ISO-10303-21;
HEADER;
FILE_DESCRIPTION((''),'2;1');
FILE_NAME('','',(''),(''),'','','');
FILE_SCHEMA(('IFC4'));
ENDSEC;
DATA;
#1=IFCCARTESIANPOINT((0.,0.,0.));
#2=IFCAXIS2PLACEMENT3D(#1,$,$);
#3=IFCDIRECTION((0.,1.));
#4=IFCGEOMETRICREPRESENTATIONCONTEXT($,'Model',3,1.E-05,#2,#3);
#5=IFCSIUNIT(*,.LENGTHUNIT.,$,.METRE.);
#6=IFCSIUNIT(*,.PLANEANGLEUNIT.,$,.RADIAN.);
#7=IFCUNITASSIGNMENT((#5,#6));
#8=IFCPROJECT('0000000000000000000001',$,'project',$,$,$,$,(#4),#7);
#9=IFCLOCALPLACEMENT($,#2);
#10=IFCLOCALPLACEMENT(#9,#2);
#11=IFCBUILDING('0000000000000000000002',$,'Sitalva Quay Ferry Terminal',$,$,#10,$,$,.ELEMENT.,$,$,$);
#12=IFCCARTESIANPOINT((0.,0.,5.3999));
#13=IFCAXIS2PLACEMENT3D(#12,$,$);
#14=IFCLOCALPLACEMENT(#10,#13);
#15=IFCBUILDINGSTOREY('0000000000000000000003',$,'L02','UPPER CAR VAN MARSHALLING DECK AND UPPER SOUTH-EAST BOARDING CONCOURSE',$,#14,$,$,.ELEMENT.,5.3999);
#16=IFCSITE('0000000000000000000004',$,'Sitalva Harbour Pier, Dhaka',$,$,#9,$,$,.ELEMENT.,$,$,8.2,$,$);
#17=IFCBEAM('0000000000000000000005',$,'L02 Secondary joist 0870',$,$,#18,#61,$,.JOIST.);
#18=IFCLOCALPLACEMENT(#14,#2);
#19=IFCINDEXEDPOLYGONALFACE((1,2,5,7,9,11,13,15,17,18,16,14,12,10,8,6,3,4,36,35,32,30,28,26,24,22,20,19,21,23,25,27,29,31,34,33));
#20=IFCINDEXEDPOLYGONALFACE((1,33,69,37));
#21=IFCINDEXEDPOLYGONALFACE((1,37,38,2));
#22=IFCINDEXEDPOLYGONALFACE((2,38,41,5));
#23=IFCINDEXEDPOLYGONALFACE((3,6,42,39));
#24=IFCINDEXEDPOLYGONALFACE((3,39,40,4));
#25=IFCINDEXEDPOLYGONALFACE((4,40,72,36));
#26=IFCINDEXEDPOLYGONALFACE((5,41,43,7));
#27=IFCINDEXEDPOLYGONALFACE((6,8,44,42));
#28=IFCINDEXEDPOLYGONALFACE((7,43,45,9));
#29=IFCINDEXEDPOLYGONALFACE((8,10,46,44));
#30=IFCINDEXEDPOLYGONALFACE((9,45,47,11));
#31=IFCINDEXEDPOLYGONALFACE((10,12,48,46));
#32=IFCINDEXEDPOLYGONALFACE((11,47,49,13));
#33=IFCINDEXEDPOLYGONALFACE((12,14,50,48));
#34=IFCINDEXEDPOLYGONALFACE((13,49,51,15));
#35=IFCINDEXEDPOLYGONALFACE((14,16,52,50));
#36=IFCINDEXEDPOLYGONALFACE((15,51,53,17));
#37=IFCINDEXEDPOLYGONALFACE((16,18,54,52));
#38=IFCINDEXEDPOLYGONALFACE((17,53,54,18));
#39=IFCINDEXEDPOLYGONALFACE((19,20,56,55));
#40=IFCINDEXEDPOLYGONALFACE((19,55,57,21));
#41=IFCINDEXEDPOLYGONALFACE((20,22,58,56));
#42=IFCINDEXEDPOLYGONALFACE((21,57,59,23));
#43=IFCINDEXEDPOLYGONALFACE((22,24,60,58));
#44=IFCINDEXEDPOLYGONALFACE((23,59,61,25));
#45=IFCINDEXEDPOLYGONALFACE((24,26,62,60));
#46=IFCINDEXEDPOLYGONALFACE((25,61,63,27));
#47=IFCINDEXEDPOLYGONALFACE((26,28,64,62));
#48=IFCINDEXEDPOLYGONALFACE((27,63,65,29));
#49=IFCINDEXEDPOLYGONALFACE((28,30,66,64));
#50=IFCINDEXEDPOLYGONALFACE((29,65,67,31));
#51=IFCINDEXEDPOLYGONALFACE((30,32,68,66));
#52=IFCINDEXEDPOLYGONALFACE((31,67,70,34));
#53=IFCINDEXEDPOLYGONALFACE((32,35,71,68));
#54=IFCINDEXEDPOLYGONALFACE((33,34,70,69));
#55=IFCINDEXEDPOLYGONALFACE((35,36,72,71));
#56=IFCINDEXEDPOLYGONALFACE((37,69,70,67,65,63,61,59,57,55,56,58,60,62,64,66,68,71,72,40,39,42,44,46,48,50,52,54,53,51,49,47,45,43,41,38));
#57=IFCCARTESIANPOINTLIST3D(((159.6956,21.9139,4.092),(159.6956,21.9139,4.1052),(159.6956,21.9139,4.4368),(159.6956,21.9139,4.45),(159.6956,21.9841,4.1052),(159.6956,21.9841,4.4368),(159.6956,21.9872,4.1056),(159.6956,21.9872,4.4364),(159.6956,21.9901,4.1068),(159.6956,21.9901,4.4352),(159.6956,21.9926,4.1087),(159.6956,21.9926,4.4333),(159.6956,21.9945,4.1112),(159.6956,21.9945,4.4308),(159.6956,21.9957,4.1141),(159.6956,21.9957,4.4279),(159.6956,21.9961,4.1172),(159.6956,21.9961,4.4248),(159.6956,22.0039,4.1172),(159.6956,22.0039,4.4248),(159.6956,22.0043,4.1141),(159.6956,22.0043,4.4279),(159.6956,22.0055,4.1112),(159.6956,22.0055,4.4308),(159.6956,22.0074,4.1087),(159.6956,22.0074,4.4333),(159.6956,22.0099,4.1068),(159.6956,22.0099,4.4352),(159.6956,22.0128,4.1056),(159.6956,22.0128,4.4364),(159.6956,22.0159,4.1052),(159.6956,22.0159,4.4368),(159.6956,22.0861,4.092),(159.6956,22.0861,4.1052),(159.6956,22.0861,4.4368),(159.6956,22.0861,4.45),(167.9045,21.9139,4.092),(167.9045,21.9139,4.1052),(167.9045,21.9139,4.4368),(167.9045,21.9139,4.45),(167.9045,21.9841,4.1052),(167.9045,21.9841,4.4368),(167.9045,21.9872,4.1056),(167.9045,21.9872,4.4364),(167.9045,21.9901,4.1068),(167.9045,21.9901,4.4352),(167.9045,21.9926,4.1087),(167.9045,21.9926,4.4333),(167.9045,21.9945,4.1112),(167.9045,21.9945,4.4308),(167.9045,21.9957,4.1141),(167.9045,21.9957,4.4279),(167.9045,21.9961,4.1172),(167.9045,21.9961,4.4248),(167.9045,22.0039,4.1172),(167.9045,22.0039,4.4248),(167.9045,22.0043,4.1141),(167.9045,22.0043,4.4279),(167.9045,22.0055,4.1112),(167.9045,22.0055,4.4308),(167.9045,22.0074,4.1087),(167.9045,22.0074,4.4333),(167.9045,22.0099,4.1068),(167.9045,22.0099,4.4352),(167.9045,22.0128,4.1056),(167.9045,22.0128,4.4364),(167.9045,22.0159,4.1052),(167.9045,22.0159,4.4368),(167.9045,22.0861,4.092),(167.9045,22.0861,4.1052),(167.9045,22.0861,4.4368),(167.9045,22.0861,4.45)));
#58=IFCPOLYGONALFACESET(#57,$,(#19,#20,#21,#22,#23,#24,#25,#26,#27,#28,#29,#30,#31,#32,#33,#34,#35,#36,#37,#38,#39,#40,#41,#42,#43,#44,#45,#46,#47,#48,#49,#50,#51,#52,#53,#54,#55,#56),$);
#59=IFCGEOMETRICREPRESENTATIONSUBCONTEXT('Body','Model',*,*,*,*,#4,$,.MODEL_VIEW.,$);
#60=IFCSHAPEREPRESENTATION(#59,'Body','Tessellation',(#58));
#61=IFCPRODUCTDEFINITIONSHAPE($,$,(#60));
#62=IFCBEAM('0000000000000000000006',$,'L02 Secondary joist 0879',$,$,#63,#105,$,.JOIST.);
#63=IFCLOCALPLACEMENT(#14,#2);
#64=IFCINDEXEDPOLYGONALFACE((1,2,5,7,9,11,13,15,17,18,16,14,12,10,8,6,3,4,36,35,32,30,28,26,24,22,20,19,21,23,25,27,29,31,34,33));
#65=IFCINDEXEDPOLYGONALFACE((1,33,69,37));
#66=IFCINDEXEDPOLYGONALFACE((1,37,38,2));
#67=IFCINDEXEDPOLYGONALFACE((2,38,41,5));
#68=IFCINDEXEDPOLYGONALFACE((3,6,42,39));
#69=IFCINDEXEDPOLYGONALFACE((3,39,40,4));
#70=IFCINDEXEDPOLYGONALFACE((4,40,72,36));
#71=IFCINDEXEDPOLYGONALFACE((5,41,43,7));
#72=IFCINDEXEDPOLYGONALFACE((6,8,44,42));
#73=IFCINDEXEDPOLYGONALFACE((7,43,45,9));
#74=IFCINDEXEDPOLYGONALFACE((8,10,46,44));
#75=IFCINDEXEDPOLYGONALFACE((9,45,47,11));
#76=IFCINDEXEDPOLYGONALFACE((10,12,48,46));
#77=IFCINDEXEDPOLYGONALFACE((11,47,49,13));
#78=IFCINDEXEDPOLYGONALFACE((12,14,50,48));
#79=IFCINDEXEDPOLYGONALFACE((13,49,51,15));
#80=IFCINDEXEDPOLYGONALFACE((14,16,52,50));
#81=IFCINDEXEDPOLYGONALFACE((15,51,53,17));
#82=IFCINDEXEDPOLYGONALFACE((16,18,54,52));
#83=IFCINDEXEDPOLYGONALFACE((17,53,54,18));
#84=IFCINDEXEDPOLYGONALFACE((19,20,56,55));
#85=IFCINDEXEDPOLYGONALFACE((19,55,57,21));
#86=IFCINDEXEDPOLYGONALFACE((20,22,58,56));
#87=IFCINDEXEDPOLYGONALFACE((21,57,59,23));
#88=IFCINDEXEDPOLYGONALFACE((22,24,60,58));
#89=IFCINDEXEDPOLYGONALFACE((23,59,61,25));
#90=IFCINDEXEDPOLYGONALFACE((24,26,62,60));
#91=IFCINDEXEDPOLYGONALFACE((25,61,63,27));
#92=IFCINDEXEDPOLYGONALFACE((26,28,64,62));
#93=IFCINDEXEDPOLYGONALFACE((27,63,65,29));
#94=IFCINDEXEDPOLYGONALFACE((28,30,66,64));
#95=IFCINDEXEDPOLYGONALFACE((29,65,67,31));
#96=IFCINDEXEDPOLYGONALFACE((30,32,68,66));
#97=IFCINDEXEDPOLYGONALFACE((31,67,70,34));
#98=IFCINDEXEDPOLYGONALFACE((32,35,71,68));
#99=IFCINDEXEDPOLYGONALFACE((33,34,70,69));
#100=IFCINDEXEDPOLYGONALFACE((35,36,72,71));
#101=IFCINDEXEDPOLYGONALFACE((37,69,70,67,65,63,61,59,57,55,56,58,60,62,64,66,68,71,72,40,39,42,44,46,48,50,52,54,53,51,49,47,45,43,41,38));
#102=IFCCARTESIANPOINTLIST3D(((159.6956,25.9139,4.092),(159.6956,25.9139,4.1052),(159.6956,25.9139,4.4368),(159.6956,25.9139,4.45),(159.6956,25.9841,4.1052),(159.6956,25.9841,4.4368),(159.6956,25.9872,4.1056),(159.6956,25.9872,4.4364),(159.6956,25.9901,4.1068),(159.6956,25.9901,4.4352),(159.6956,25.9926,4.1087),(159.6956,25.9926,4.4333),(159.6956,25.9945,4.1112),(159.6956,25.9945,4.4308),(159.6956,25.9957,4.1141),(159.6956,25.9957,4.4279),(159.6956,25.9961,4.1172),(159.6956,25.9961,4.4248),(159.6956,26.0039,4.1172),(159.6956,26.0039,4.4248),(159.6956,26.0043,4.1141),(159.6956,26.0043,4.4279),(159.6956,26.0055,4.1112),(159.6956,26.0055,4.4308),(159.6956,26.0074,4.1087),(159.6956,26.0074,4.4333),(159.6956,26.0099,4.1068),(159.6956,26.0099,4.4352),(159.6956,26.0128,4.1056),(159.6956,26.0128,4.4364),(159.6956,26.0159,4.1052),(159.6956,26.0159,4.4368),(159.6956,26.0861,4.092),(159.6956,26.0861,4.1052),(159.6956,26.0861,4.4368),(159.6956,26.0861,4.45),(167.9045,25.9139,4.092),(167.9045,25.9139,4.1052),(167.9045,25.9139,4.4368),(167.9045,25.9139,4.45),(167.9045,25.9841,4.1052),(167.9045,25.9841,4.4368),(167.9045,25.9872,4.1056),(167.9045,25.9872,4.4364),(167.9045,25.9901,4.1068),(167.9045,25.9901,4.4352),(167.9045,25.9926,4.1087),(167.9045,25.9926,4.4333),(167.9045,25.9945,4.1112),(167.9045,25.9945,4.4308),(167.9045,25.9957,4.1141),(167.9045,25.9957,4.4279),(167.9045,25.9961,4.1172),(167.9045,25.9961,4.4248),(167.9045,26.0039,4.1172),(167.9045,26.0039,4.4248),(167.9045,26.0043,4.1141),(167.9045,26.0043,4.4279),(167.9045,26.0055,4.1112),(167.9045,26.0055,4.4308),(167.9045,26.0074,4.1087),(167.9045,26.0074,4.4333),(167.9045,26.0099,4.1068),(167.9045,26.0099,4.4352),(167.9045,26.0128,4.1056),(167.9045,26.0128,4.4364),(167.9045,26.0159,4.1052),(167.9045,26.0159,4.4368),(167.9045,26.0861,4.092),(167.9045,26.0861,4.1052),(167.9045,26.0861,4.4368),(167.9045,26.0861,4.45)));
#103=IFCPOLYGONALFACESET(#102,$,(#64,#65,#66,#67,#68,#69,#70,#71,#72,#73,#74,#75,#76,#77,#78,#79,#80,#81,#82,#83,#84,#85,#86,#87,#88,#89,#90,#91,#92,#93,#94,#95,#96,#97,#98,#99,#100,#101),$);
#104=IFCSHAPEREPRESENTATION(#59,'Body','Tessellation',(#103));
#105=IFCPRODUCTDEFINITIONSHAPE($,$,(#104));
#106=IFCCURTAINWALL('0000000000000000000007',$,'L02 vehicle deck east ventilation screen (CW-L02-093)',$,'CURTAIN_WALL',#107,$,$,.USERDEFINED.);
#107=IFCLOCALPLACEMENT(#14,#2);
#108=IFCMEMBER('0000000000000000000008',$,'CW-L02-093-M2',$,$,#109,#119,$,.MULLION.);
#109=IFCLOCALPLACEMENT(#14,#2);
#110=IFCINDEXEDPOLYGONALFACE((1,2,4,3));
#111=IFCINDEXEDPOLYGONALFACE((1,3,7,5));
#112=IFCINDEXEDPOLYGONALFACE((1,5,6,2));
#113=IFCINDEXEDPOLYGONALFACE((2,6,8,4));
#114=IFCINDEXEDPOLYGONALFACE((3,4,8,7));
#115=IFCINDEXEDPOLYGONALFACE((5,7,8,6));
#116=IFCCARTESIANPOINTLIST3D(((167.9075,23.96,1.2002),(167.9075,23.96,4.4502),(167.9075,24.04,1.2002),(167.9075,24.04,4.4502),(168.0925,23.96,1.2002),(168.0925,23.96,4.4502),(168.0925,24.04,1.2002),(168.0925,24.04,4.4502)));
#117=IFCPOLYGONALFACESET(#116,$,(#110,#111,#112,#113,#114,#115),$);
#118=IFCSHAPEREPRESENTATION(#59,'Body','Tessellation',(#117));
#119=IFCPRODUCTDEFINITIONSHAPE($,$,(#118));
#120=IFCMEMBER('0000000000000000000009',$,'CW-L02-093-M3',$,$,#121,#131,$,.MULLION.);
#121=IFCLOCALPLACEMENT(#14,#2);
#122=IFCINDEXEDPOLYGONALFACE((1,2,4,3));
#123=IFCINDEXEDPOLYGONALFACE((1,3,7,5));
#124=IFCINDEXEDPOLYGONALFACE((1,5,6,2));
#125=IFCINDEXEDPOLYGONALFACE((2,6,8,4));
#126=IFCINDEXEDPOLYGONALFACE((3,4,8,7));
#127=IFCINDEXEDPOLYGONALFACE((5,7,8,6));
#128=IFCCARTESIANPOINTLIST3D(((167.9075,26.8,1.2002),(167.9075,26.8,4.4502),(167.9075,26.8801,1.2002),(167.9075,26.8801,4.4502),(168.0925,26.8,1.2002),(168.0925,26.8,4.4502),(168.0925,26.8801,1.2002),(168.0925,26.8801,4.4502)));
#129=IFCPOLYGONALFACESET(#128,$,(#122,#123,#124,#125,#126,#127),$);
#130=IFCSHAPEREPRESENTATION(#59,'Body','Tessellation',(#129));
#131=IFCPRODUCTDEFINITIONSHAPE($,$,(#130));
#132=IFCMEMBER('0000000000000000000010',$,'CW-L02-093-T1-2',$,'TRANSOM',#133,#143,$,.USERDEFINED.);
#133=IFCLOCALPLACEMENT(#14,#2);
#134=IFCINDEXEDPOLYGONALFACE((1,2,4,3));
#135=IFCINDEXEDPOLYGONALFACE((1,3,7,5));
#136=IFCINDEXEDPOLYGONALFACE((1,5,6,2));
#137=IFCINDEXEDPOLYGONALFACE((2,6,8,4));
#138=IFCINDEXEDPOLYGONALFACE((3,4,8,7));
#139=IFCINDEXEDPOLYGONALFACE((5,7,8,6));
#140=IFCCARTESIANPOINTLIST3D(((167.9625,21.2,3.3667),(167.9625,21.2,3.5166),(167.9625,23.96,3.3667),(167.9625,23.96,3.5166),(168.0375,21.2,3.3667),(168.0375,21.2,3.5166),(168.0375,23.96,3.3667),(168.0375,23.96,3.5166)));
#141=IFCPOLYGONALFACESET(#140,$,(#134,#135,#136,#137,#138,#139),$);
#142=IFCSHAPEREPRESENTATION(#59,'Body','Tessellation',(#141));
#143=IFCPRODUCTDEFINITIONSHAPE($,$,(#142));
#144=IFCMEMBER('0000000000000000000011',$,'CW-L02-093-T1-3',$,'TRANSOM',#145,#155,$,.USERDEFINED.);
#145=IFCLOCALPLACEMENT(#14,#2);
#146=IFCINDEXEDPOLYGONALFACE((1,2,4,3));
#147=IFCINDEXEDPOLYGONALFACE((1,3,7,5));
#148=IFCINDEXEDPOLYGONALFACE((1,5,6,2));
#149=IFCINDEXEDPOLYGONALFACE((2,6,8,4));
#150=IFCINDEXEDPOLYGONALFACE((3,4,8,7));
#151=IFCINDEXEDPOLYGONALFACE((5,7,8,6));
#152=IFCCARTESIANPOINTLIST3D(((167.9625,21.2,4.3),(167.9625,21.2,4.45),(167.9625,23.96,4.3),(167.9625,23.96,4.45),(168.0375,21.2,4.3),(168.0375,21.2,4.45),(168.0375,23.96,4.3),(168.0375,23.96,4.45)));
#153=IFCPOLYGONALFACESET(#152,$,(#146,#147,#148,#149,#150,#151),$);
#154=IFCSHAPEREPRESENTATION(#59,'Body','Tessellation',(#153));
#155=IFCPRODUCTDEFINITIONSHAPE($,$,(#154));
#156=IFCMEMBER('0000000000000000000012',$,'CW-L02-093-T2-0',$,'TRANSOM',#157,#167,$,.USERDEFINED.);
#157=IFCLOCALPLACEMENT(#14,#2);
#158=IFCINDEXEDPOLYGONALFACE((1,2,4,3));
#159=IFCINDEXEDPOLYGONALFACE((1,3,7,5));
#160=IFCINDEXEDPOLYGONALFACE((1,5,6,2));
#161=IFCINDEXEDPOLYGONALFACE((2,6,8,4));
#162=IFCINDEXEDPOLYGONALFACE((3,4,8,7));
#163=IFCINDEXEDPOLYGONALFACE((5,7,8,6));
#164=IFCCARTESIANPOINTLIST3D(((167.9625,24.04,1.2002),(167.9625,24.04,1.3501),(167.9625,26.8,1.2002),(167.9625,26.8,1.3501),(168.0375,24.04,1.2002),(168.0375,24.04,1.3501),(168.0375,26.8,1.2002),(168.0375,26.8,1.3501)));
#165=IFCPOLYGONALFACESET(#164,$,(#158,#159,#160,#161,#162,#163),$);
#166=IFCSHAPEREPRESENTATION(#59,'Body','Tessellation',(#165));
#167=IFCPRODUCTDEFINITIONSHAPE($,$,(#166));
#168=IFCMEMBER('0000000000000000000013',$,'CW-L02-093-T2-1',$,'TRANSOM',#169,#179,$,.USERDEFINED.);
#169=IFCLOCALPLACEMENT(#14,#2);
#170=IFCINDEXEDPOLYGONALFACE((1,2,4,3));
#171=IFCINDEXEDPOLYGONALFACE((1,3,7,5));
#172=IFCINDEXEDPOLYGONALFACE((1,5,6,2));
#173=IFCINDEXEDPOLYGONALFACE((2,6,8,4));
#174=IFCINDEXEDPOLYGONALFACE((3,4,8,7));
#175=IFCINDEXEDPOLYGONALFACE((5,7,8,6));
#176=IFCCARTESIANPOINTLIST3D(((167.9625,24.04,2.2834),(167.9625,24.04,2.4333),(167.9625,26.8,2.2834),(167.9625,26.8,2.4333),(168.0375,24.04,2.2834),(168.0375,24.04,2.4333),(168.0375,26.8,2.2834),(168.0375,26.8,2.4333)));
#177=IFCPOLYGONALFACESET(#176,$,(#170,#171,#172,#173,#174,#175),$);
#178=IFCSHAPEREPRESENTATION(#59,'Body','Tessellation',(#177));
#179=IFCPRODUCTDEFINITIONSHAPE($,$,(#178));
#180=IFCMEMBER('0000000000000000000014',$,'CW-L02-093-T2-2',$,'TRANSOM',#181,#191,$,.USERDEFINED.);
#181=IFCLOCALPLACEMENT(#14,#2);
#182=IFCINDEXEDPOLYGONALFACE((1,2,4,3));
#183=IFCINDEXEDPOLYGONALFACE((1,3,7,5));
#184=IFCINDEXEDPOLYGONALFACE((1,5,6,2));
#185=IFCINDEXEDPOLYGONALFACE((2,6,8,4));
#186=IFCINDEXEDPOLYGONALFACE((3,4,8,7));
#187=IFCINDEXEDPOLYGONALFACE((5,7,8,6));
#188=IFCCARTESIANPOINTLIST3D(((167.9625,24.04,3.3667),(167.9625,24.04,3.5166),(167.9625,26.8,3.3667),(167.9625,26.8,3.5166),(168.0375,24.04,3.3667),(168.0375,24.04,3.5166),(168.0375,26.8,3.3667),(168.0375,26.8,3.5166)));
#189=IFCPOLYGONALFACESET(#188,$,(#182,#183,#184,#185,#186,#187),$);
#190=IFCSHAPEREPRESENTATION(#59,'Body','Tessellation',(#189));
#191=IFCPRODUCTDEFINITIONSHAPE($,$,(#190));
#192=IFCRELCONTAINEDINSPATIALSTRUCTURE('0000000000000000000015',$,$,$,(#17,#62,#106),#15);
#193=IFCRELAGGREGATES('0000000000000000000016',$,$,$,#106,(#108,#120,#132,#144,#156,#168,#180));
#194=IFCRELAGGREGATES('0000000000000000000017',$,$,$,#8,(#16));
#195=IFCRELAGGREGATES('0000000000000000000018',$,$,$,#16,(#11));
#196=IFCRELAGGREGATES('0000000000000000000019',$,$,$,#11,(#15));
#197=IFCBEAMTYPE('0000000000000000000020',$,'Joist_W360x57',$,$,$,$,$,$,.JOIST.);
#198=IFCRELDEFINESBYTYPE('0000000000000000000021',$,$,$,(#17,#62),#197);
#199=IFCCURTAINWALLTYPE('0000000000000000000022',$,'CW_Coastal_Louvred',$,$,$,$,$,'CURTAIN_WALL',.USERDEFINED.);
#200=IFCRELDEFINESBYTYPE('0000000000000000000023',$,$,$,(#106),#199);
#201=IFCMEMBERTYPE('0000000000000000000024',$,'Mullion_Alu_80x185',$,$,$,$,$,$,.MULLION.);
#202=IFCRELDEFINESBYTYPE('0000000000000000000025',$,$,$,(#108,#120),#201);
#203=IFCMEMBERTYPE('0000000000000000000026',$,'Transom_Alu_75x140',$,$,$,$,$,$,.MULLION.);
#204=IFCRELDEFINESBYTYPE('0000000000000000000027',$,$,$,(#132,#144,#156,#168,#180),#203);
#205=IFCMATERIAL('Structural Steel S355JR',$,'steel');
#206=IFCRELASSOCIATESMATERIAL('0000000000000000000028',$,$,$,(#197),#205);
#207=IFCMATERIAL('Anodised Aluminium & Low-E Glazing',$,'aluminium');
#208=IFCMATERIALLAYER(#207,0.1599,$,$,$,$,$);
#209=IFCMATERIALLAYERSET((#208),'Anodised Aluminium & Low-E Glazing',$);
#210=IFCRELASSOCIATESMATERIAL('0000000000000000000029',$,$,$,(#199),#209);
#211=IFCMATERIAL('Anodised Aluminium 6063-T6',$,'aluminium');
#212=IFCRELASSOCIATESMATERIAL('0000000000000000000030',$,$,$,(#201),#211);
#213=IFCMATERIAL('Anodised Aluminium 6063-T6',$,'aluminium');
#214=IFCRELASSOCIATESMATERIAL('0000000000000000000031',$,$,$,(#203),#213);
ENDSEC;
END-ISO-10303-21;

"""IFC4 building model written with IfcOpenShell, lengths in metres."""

from ifc_helpers import new_model, si_unit, direction, frame, origin, origin_2d, place, context, subcontext, project, spatial, rectangle, i_section, extrude, material, layer, layer_set, material_profile, profile_set, type_object, element, aggregate, save


model = new_model("IFC4")

# Units and contexts
model_context = context("Model", 3, precision=1e-05, world=origin(), true_north=direction((0.0, 1.0)))
body_context = subcontext(model_context, "Body", "Model", "MODEL_VIEW")
ifc_project = project(units=[si_unit("LENGTHUNIT", "METRE"), si_unit("PLANEANGLEUNIT", "RADIAN")], contexts=[model_context])

# Site, building, storey
site_placement = place(None, origin())
site = spatial("IfcSite", under=ifc_project, at=site_placement, Name="Sitalva Harbour Pier, Dhaka", CompositionType="ELEMENT", RefElevation=8.2)
building_placement = place(site_placement, origin())
building = spatial("IfcBuilding", under=site, at=building_placement, Name="Sitalva Quay Ferry Terminal", CompositionType="ELEMENT")
storey_placement = place(building_placement, frame((0.0, 0.0, 5.3999)))
storey = spatial("IfcBuildingStorey", under=building, at=storey_placement, Name="L02", Description="UPPER CAR VAN MARSHALLING DECK AND UPPER SOUTH-EAST BOARDING CONCOURSE", CompositionType="ELEMENT", Elevation=5.3999)

# Beams
ifc_material_1 = material(Name="Structural Steel S355JR", Category="steel")
ifc_material_profile_1 = material_profile(ifc_material_1, i_section(OverallWidth=0.1721, OverallDepth=0.3579, WebThickness=0.0078, FlangeThickness=0.0132, FilletRadius=0.012, at=origin_2d()), Name="W360x57")
ifc_profile_set_1 = profile_set([ifc_material_profile_1], Name="Structural Steel S355JR")
beam_type = type_object("IfcBeamType", Name="Joist_W360x57", PredefinedType="JOIST", material=ifc_profile_set_1)
for number, where, z_axis, x_axis, name in (
    (1, (159.6956, 22.0, 4.271), (1.0, 0.0, 0.0), (0.0, 1.0, 0.0), "L02 Secondary joist 0870"),
    (2, (159.6956, 26.0, 4.271), (1.0, 0.0, 0.0), (0.0, 1.0, 0.0), "L02 Secondary joist 0879"),
):
    element("IfcBeam", number, at=place(storey_placement, frame(where, z_axis=z_axis, x_axis=x_axis)), inside=storey, type_object=beam_type, Name=name, PredefinedType="JOIST", context=body_context, shape_type="SweptSolid", body=[
        extrude(i_section(OverallWidth=0.1721, OverallDepth=0.3579, WebThickness=0.0078, FlangeThickness=0.0132, FilletRadius=0.012, at=origin_2d()), origin(), (0.0, 0.0, 1.0), 8.209),
    ])

# Curtain wall, members
ifc_material_2 = material(Name="Anodised Aluminium & Low-E Glazing", Category="aluminium")
ifc_layer_1 = layer(ifc_material_2, 0.1599)
ifc_layer_set_1 = layer_set([ifc_layer_1], Name="Anodised Aluminium & Low-E Glazing")
curtain_wall_type = type_object("IfcCurtainWallType", Name="CW_Coastal_Louvred", ElementType="CURTAIN_WALL", PredefinedType="USERDEFINED", material=ifc_layer_set_1)
curtain_wall_placement = place(storey_placement, origin())
curtain_wall = element("IfcCurtainWall", 3, at=curtain_wall_placement, inside=storey, type_object=curtain_wall_type, Name="L02 vehicle deck east ventilation screen (CW-L02-093)", ObjectType="CURTAIN_WALL", PredefinedType="USERDEFINED")
ifc_material_3 = material(Name="Anodised Aluminium 6063-T6", Category="aluminium")
ifc_material_profile_2 = material_profile(ifc_material_3, rectangle(XDim=0.0801, YDim=0.1851, at=origin_2d()), Name="ALU80x185")
ifc_profile_set_2 = profile_set([ifc_material_profile_2], Name="Anodised Aluminium 6063-T6")
member_type_1 = type_object("IfcMemberType", Name="Mullion_Alu_80x185", PredefinedType="MULLION", material=ifc_profile_set_2)
member_1_placement = place(storey_placement, frame((168.0, 24.0, 1.2002), z_axis=(0.0, 0.0, 1.0), x_axis=(0.0, 1.0, 0.0)))
member_1 = element("IfcMember", 4, at=member_1_placement, type_object=member_type_1, Name="CW-L02-093-M2", PredefinedType="MULLION", context=body_context, shape_type="SweptSolid", body=[
    extrude(rectangle(XDim=0.0801, YDim=0.1851, at=origin_2d()), origin(), (0.0, 0.0, 1.0), 3.25),
])
member_2_placement = place(storey_placement, frame((168.0, 26.8401, 1.2002), z_axis=(0.0, 0.0, 1.0), x_axis=(0.0, 1.0, 0.0)))
member_2 = element("IfcMember", 5, at=member_2_placement, type_object=member_type_1, Name="CW-L02-093-M3", PredefinedType="MULLION", context=body_context, shape_type="SweptSolid", body=[
    extrude(rectangle(XDim=0.0801, YDim=0.1851, at=origin_2d()), origin(), (0.0, 0.0, 1.0), 3.25),
])
ifc_material_4 = material(Name="Anodised Aluminium 6063-T6", Category="aluminium")
ifc_material_profile_3 = material_profile(ifc_material_4, rectangle(XDim=0.075, YDim=0.1499, at=origin_2d()), Name="ALU75x150")
ifc_profile_set_3 = profile_set([ifc_material_profile_3], Name="Anodised Aluminium 6063-T6")
member_type_2 = type_object("IfcMemberType", Name="Transom_Alu_75x140", PredefinedType="MULLION", material=ifc_profile_set_3)
member_3_placement = place(storey_placement, frame((168.0, 21.2, 3.4417), z_axis=(0.0, 1.0, 0.0), x_axis=(-1.0, 0.0, 0.0)))
member_3 = element("IfcMember", 6, at=member_3_placement, type_object=member_type_2, Name="CW-L02-093-T1-2", ObjectType="TRANSOM", PredefinedType="USERDEFINED", context=body_context, shape_type="SweptSolid", body=[
    extrude(rectangle(XDim=0.075, YDim=0.1499, at=origin_2d()), origin(), (0.0, 0.0, 1.0), 2.76),
])
member_4_placement = place(storey_placement, frame((168.0, 21.2, 4.375), z_axis=(0.0, 1.0, 0.0), x_axis=(-1.0, 0.0, 0.0)))
member_4 = element("IfcMember", 7, at=member_4_placement, type_object=member_type_2, Name="CW-L02-093-T1-3", ObjectType="TRANSOM", PredefinedType="USERDEFINED", context=body_context, shape_type="SweptSolid", body=[
    extrude(rectangle(XDim=0.075, YDim=0.1499, at=origin_2d()), origin(), (0.0, 0.0, 1.0), 2.76),
])
member_5_placement = place(storey_placement, frame((168.0, 24.04, 1.2751), z_axis=(0.0, 1.0, 0.0), x_axis=(-1.0, 0.0, 0.0)))
member_5 = element("IfcMember", 8, at=member_5_placement, type_object=member_type_2, Name="CW-L02-093-T2-0", ObjectType="TRANSOM", PredefinedType="USERDEFINED", context=body_context, shape_type="SweptSolid", body=[
    extrude(rectangle(XDim=0.075, YDim=0.1499, at=origin_2d()), origin(), (0.0, 0.0, 1.0), 2.76),
])
member_6_placement = place(storey_placement, frame((168.0, 24.04, 2.3584), z_axis=(0.0, 1.0, 0.0), x_axis=(-1.0, 0.0, 0.0)))
member_6 = element("IfcMember", 9, at=member_6_placement, type_object=member_type_2, Name="CW-L02-093-T2-1", ObjectType="TRANSOM", PredefinedType="USERDEFINED", context=body_context, shape_type="SweptSolid", body=[
    extrude(rectangle(XDim=0.075, YDim=0.1499, at=origin_2d()), origin(), (0.0, 0.0, 1.0), 2.76),
])
member_7_placement = place(storey_placement, frame((168.0, 24.04, 3.4417), z_axis=(0.0, 1.0, 0.0), x_axis=(-1.0, 0.0, 0.0)))
member_7 = element("IfcMember", 10, at=member_7_placement, type_object=member_type_2, Name="CW-L02-093-T2-2", ObjectType="TRANSOM", PredefinedType="USERDEFINED", context=body_context, shape_type="SweptSolid", body=[
    extrude(rectangle(XDim=0.075, YDim=0.1499, at=origin_2d()), origin(), (0.0, 0.0, 1.0), 2.76),
])
aggregate(curtain_wall, [member_1, member_2, member_3, member_4, member_5, member_6, member_7])

save(model, "model.ifc")
